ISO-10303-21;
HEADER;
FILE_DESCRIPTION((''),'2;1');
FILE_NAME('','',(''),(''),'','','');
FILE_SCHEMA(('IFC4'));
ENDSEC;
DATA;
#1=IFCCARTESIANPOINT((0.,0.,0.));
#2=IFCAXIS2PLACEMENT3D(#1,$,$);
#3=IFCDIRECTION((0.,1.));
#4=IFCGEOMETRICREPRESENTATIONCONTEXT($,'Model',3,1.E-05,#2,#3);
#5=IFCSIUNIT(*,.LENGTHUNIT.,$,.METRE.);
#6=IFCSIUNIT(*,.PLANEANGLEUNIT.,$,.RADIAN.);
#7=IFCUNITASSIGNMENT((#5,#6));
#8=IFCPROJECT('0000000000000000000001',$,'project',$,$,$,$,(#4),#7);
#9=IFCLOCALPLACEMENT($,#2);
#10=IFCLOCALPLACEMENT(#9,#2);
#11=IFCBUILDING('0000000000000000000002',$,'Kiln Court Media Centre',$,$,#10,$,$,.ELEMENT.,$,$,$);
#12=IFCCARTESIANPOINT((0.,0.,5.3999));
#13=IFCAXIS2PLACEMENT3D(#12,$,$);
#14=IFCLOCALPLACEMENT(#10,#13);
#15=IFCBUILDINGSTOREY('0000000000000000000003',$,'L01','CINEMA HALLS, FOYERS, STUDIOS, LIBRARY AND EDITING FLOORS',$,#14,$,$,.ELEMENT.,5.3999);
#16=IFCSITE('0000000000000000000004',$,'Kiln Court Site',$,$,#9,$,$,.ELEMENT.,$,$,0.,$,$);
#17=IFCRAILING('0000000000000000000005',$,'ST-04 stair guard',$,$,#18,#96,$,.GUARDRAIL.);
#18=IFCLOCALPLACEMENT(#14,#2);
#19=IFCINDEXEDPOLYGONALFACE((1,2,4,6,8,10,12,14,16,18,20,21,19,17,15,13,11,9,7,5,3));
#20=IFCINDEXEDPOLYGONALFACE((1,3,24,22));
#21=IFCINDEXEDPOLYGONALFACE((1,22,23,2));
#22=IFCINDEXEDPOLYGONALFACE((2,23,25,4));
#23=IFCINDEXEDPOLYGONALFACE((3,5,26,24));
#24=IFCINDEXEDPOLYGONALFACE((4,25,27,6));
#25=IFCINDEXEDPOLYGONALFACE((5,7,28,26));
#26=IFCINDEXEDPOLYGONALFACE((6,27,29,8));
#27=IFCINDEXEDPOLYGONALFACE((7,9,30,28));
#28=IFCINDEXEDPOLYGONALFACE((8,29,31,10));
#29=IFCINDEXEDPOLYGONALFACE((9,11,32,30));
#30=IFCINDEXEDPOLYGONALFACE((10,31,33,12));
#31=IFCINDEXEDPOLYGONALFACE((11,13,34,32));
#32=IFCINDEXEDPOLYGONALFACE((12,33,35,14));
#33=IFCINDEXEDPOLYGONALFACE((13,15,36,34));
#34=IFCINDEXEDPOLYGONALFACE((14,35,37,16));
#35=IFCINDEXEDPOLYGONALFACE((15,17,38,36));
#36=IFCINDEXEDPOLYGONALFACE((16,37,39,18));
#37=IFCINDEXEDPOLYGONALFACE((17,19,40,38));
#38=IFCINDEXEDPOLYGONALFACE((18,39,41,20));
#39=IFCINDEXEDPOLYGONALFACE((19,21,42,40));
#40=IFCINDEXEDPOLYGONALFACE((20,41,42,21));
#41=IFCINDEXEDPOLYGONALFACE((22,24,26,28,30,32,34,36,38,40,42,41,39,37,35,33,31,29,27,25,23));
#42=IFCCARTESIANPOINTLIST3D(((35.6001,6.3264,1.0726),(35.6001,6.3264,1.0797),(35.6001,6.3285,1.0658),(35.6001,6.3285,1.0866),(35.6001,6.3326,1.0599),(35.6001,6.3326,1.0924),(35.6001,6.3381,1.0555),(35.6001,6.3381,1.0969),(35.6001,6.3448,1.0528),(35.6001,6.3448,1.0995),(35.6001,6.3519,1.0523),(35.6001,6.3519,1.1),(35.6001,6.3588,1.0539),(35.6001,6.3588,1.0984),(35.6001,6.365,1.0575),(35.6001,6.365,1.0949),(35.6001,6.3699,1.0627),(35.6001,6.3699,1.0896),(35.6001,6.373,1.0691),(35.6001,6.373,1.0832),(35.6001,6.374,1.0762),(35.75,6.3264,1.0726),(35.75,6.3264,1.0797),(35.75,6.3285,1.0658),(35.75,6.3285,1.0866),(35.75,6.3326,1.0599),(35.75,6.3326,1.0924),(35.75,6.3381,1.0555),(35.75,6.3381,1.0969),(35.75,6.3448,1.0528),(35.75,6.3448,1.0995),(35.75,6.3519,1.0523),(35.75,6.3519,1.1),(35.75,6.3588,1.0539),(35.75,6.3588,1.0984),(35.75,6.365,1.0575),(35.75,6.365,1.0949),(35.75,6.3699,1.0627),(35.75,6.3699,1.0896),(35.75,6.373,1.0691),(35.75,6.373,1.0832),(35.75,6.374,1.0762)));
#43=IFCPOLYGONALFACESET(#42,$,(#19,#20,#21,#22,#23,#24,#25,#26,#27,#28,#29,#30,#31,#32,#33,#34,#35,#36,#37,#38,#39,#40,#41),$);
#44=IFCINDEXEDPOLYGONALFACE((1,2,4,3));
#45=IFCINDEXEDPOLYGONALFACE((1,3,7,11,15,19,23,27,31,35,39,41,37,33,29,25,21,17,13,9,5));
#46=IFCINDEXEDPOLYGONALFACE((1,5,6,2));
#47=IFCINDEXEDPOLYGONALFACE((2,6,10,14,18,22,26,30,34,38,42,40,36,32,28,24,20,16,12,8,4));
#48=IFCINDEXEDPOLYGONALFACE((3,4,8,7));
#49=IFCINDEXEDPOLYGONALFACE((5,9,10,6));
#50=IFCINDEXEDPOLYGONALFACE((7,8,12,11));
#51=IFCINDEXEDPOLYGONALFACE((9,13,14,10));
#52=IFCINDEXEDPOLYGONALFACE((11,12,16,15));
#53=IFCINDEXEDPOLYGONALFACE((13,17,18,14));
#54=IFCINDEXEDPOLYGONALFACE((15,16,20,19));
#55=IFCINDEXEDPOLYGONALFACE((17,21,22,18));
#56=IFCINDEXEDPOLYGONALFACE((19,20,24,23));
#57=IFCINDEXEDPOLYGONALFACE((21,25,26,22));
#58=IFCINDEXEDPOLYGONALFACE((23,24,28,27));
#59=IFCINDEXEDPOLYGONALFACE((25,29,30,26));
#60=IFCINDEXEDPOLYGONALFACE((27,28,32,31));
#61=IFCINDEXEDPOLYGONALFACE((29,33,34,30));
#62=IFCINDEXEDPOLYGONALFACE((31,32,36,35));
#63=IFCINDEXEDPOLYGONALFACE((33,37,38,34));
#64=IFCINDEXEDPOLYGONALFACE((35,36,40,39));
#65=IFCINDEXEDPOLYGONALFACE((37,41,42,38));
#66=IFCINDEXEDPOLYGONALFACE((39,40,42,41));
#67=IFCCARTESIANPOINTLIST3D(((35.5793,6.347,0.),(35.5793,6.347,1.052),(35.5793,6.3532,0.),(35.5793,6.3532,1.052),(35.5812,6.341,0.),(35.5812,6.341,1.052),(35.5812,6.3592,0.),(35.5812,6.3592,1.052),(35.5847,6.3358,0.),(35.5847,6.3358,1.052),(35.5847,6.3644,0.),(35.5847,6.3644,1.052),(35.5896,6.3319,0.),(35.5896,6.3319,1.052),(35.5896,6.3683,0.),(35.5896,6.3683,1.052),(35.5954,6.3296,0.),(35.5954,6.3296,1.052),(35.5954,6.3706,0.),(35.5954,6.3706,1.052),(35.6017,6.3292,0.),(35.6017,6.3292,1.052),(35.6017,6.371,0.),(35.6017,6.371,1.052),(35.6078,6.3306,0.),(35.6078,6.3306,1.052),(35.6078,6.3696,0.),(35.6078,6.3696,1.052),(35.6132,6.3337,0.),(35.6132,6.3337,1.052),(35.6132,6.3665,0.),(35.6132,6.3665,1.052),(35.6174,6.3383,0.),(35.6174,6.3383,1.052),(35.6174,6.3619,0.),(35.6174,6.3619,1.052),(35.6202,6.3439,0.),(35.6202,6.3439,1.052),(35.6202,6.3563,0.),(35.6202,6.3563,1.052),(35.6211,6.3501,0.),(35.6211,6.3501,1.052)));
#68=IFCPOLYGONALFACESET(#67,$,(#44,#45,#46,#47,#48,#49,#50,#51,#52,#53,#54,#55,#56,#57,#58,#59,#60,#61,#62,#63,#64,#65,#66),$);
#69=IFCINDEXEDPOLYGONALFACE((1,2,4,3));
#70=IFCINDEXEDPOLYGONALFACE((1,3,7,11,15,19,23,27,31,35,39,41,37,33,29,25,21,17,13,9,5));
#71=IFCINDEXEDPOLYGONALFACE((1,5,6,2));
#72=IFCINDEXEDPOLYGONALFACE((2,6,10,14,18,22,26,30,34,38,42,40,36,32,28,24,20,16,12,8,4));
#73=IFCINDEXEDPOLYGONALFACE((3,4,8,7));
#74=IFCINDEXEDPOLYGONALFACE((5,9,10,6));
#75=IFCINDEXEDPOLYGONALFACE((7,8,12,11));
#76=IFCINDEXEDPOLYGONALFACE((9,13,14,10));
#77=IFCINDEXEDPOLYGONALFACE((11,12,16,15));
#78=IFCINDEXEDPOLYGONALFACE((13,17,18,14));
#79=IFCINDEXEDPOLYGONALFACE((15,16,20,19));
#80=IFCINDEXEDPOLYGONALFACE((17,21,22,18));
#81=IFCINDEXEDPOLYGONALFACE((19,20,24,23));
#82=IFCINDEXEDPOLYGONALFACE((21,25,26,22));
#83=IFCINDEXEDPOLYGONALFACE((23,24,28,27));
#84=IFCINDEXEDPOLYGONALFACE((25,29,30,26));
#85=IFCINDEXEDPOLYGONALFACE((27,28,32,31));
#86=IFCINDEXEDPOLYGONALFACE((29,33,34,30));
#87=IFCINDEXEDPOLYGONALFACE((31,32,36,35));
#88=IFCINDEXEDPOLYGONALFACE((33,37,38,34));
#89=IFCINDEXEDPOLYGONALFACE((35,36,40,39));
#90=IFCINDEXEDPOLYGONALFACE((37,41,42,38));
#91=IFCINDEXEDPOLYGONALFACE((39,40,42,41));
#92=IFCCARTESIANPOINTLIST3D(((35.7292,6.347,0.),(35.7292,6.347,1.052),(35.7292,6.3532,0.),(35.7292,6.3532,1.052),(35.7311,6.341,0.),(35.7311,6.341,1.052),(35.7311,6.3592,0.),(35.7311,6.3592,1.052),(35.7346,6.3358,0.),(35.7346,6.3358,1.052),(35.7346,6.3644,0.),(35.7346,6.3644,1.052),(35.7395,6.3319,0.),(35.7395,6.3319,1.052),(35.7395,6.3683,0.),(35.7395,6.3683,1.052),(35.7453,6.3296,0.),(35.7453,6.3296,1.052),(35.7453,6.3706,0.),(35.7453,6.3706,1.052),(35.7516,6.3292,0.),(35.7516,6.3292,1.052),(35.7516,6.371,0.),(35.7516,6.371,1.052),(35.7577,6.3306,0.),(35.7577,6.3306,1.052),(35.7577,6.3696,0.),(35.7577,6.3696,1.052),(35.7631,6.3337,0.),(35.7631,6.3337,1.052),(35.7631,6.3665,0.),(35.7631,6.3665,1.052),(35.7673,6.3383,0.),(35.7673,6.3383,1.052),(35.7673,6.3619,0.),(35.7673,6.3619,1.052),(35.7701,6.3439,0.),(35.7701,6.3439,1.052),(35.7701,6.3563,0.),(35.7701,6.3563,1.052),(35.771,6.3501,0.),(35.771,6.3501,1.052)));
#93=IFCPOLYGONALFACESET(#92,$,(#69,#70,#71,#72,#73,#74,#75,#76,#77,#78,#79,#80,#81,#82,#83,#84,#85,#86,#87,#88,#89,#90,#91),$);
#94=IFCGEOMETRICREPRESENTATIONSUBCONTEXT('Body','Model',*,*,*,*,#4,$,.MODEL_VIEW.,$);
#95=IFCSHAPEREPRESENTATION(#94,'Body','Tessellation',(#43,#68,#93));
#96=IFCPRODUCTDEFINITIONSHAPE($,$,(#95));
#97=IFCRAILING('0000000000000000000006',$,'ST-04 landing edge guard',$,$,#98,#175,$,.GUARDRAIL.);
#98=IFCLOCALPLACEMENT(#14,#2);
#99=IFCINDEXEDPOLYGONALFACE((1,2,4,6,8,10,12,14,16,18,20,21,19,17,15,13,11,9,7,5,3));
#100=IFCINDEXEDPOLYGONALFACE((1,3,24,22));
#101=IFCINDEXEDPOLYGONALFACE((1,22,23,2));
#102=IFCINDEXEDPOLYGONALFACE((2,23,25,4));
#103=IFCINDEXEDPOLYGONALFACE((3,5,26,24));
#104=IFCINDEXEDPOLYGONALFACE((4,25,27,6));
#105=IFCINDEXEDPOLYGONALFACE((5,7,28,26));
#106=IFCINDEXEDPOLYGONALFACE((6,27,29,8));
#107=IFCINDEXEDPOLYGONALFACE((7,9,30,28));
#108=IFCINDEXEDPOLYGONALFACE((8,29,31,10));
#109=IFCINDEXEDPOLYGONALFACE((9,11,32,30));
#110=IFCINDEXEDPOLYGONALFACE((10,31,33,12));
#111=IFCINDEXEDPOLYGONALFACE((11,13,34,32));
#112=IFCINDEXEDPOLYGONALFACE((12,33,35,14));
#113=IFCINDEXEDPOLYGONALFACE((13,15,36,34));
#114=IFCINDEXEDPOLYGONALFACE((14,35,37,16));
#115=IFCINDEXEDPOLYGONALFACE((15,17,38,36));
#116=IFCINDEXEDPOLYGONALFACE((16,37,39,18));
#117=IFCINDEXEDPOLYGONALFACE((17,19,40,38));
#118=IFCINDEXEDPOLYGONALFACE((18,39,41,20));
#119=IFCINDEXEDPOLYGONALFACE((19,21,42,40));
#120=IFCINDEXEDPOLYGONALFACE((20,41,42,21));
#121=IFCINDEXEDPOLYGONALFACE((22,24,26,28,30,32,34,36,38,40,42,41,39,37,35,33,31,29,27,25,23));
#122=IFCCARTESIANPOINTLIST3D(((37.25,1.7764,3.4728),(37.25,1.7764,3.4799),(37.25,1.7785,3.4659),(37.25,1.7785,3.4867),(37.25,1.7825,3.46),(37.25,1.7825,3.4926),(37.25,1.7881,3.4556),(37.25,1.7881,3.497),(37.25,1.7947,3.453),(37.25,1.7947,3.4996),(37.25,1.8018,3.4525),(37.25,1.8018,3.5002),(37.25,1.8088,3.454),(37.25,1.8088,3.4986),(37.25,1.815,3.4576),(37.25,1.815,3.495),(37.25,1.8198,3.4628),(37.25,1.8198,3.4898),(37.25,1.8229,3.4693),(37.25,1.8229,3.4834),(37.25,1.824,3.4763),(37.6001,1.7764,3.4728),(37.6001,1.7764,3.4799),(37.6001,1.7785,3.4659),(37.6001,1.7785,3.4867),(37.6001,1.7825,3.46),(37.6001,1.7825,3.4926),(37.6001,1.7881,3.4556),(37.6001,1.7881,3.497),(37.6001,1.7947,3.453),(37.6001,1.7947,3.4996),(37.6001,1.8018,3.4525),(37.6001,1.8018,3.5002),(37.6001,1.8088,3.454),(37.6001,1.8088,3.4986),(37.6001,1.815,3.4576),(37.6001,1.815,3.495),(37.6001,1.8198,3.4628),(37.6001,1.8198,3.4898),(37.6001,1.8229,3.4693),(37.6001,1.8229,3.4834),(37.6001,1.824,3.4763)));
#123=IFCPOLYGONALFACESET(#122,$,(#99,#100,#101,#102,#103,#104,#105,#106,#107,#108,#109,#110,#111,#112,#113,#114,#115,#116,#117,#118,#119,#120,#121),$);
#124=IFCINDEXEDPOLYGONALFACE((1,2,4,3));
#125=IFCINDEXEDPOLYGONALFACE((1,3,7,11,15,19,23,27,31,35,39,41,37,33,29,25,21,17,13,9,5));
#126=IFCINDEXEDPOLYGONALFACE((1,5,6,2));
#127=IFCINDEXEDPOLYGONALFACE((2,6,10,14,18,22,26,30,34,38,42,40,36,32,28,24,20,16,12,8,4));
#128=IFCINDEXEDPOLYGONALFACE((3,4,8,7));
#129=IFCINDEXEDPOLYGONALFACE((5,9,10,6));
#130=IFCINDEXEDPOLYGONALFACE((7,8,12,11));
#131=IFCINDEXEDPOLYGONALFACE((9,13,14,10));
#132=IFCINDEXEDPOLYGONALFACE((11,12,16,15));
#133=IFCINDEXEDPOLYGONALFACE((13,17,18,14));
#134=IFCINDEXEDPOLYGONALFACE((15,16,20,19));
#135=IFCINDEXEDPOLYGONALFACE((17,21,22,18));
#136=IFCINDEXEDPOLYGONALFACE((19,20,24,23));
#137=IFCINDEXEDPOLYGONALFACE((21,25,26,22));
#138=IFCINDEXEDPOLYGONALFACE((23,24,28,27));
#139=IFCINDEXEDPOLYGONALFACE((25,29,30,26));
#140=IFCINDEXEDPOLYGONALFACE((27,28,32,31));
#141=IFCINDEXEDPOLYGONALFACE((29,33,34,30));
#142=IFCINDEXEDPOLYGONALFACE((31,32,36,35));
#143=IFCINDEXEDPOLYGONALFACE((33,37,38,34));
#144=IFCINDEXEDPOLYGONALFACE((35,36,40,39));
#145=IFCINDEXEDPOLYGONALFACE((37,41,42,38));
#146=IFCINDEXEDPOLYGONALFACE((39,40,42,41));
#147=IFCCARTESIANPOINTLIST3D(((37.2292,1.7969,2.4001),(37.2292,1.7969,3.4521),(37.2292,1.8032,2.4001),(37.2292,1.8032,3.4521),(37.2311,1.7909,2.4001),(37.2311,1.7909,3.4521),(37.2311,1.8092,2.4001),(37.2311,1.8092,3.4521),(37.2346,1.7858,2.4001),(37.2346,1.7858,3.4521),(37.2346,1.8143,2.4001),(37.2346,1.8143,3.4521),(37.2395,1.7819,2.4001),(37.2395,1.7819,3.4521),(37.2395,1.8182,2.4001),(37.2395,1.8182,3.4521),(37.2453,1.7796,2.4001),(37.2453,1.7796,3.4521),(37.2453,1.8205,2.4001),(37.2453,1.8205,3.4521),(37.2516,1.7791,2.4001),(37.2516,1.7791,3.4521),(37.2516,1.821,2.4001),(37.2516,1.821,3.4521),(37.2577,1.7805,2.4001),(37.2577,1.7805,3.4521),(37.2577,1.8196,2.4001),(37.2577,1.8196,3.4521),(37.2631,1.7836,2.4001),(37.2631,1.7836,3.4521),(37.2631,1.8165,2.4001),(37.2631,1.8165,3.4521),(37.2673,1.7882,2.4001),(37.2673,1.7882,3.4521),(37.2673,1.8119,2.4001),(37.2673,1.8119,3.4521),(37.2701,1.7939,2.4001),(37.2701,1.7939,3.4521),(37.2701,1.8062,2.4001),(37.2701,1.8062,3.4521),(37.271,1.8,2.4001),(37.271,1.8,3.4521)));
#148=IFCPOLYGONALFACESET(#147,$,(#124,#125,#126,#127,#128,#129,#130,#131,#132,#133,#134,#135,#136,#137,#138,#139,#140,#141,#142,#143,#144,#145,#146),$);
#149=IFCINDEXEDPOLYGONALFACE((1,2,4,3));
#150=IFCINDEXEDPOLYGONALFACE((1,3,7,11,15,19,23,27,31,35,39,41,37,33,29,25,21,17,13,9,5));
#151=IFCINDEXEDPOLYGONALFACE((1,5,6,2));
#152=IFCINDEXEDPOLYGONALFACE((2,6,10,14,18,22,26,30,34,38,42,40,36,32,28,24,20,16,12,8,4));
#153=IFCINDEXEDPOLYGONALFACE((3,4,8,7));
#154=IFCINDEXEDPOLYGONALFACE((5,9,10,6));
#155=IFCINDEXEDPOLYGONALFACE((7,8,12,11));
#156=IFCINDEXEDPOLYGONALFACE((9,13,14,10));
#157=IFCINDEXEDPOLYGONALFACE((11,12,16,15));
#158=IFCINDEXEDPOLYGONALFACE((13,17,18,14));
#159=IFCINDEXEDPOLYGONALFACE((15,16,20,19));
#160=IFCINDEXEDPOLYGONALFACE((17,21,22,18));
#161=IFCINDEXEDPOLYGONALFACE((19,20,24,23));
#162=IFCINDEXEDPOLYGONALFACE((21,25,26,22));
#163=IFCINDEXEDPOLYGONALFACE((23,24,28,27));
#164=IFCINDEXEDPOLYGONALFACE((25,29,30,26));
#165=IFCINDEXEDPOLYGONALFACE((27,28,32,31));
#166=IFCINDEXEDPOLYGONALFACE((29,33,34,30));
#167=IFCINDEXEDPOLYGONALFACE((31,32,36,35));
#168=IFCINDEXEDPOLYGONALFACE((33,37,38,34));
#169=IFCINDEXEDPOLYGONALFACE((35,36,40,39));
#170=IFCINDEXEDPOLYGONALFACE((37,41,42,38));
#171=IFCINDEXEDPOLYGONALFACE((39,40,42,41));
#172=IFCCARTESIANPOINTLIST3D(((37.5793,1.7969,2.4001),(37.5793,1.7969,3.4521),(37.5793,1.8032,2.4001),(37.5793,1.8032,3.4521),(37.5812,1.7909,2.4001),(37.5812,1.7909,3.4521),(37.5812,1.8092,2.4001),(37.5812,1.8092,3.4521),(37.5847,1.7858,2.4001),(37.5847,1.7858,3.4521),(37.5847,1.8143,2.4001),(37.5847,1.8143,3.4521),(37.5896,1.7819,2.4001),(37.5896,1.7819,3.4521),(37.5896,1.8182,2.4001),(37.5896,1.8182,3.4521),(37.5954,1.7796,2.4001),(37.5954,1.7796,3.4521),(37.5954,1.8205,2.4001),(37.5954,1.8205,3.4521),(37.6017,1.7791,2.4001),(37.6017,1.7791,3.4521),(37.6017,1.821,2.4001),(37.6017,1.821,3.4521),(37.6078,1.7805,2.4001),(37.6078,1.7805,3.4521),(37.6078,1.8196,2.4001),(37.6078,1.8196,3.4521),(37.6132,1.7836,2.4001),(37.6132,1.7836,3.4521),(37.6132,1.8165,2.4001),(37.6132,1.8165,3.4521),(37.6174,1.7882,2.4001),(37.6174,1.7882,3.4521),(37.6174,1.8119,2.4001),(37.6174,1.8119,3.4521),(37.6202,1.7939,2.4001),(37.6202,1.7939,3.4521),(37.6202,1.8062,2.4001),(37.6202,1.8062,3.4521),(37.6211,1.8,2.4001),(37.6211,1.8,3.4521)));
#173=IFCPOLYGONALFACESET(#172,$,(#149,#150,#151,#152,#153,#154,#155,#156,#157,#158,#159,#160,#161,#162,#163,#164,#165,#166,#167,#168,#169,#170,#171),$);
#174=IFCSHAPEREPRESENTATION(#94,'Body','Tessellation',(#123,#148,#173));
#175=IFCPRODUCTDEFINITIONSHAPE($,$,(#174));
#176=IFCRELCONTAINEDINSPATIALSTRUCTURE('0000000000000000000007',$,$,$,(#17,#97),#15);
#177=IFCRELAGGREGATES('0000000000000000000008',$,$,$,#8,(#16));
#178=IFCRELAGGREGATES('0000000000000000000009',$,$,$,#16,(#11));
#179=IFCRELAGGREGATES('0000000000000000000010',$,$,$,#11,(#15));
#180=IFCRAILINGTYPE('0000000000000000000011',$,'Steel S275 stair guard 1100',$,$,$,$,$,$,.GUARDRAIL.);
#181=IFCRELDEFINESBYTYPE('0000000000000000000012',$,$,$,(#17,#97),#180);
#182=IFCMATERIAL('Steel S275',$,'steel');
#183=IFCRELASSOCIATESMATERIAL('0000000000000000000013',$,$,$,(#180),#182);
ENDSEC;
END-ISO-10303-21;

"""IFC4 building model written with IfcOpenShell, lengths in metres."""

from ifc_helpers import new_model, si_unit, direction, frame, origin, origin_2d, place, context, subcontext, project, spatial, circle, extrude, material, type_object, element, save


model = new_model("IFC4")

# Units and contexts
model_context = context("Model", 3, precision=1e-05, world=origin(), true_north=direction((0.0, 1.0)))
body_context = subcontext(model_context, "Body", "Model", "MODEL_VIEW")
ifc_project = project(units=[si_unit("LENGTHUNIT", "METRE"), si_unit("PLANEANGLEUNIT", "RADIAN")], contexts=[model_context])

# Site, building, storey
site_placement = place(None, origin())
site = spatial("IfcSite", under=ifc_project, at=site_placement, Name="Kiln Court Site", CompositionType="ELEMENT", RefElevation=0.0)
building_placement = place(site_placement, origin())
building = spatial("IfcBuilding", under=site, at=building_placement, Name="Kiln Court Media Centre", CompositionType="ELEMENT")
storey_placement = place(building_placement, frame((0.0, 0.0, 5.3999)))
storey = spatial("IfcBuildingStorey", under=building, at=storey_placement, Name="L01", Description="CINEMA HALLS, FOYERS, STUDIOS, LIBRARY AND EDITING FLOORS", CompositionType="ELEMENT", Elevation=5.3999)

# Railings
ifc_material_1 = material(Name="Steel S275", Category="steel")
railing_type_1 = type_object("IfcRailingType", Name="Steel S275 stair guard 1100", PredefinedType="GUARDRAIL", material=ifc_material_1)
railing_1_placement = place(storey_placement, frame((35.6001, 6.3501, 0.0)))
element("IfcRailing", 1, at=railing_1_placement, inside=storey, type_object=railing_type_1, Name="ST-04 stair guard", PredefinedType="GUARDRAIL", context=body_context, shape_type="SweptSolid", body=[
    extrude(circle(Radius=0.0239, at=origin_2d()), frame((0.0, 0.0, 1.0762), z_axis=(1.0, 0.0, 0.0), x_axis=(0.0, 1.0, 0.0)), (0.0, 0.0, 1.0), 0.1499),
    extrude(circle(Radius=0.021, at=origin_2d()), origin(), (0.0, 0.0, 1.0), 1.052),
    extrude(circle(Radius=0.021, at=origin_2d()), frame((0.1499, 0.0, 0.0)), (0.0, 0.0, 1.0), 1.052),
])
for number, where, name in (
    (2, (37.25, 1.8, 2.4001), "ST-04 landing edge guard"),
):
    element("IfcRailing", number, at=place(storey_placement, frame(where)), inside=storey, type_object=railing_type_1, Name=name, PredefinedType="GUARDRAIL", context=body_context, shape_type="SweptSolid", body=[
        extrude(circle(Radius=0.0239, at=origin_2d()), frame((0.0, 0.0, 1.0762), z_axis=(1.0, 0.0, 0.0), x_axis=(0.0, 1.0, 0.0)), (0.0, 0.0, 1.0), 0.3501),
        extrude(circle(Radius=0.021, at=origin_2d()), origin(), (0.0, 0.0, 1.0), 1.052),
        extrude(circle(Radius=0.021, at=origin_2d()), frame((0.3501, 0.0, 0.0)), (0.0, 0.0, 1.0), 1.052),
    ])

save(model, "model.ifc")
